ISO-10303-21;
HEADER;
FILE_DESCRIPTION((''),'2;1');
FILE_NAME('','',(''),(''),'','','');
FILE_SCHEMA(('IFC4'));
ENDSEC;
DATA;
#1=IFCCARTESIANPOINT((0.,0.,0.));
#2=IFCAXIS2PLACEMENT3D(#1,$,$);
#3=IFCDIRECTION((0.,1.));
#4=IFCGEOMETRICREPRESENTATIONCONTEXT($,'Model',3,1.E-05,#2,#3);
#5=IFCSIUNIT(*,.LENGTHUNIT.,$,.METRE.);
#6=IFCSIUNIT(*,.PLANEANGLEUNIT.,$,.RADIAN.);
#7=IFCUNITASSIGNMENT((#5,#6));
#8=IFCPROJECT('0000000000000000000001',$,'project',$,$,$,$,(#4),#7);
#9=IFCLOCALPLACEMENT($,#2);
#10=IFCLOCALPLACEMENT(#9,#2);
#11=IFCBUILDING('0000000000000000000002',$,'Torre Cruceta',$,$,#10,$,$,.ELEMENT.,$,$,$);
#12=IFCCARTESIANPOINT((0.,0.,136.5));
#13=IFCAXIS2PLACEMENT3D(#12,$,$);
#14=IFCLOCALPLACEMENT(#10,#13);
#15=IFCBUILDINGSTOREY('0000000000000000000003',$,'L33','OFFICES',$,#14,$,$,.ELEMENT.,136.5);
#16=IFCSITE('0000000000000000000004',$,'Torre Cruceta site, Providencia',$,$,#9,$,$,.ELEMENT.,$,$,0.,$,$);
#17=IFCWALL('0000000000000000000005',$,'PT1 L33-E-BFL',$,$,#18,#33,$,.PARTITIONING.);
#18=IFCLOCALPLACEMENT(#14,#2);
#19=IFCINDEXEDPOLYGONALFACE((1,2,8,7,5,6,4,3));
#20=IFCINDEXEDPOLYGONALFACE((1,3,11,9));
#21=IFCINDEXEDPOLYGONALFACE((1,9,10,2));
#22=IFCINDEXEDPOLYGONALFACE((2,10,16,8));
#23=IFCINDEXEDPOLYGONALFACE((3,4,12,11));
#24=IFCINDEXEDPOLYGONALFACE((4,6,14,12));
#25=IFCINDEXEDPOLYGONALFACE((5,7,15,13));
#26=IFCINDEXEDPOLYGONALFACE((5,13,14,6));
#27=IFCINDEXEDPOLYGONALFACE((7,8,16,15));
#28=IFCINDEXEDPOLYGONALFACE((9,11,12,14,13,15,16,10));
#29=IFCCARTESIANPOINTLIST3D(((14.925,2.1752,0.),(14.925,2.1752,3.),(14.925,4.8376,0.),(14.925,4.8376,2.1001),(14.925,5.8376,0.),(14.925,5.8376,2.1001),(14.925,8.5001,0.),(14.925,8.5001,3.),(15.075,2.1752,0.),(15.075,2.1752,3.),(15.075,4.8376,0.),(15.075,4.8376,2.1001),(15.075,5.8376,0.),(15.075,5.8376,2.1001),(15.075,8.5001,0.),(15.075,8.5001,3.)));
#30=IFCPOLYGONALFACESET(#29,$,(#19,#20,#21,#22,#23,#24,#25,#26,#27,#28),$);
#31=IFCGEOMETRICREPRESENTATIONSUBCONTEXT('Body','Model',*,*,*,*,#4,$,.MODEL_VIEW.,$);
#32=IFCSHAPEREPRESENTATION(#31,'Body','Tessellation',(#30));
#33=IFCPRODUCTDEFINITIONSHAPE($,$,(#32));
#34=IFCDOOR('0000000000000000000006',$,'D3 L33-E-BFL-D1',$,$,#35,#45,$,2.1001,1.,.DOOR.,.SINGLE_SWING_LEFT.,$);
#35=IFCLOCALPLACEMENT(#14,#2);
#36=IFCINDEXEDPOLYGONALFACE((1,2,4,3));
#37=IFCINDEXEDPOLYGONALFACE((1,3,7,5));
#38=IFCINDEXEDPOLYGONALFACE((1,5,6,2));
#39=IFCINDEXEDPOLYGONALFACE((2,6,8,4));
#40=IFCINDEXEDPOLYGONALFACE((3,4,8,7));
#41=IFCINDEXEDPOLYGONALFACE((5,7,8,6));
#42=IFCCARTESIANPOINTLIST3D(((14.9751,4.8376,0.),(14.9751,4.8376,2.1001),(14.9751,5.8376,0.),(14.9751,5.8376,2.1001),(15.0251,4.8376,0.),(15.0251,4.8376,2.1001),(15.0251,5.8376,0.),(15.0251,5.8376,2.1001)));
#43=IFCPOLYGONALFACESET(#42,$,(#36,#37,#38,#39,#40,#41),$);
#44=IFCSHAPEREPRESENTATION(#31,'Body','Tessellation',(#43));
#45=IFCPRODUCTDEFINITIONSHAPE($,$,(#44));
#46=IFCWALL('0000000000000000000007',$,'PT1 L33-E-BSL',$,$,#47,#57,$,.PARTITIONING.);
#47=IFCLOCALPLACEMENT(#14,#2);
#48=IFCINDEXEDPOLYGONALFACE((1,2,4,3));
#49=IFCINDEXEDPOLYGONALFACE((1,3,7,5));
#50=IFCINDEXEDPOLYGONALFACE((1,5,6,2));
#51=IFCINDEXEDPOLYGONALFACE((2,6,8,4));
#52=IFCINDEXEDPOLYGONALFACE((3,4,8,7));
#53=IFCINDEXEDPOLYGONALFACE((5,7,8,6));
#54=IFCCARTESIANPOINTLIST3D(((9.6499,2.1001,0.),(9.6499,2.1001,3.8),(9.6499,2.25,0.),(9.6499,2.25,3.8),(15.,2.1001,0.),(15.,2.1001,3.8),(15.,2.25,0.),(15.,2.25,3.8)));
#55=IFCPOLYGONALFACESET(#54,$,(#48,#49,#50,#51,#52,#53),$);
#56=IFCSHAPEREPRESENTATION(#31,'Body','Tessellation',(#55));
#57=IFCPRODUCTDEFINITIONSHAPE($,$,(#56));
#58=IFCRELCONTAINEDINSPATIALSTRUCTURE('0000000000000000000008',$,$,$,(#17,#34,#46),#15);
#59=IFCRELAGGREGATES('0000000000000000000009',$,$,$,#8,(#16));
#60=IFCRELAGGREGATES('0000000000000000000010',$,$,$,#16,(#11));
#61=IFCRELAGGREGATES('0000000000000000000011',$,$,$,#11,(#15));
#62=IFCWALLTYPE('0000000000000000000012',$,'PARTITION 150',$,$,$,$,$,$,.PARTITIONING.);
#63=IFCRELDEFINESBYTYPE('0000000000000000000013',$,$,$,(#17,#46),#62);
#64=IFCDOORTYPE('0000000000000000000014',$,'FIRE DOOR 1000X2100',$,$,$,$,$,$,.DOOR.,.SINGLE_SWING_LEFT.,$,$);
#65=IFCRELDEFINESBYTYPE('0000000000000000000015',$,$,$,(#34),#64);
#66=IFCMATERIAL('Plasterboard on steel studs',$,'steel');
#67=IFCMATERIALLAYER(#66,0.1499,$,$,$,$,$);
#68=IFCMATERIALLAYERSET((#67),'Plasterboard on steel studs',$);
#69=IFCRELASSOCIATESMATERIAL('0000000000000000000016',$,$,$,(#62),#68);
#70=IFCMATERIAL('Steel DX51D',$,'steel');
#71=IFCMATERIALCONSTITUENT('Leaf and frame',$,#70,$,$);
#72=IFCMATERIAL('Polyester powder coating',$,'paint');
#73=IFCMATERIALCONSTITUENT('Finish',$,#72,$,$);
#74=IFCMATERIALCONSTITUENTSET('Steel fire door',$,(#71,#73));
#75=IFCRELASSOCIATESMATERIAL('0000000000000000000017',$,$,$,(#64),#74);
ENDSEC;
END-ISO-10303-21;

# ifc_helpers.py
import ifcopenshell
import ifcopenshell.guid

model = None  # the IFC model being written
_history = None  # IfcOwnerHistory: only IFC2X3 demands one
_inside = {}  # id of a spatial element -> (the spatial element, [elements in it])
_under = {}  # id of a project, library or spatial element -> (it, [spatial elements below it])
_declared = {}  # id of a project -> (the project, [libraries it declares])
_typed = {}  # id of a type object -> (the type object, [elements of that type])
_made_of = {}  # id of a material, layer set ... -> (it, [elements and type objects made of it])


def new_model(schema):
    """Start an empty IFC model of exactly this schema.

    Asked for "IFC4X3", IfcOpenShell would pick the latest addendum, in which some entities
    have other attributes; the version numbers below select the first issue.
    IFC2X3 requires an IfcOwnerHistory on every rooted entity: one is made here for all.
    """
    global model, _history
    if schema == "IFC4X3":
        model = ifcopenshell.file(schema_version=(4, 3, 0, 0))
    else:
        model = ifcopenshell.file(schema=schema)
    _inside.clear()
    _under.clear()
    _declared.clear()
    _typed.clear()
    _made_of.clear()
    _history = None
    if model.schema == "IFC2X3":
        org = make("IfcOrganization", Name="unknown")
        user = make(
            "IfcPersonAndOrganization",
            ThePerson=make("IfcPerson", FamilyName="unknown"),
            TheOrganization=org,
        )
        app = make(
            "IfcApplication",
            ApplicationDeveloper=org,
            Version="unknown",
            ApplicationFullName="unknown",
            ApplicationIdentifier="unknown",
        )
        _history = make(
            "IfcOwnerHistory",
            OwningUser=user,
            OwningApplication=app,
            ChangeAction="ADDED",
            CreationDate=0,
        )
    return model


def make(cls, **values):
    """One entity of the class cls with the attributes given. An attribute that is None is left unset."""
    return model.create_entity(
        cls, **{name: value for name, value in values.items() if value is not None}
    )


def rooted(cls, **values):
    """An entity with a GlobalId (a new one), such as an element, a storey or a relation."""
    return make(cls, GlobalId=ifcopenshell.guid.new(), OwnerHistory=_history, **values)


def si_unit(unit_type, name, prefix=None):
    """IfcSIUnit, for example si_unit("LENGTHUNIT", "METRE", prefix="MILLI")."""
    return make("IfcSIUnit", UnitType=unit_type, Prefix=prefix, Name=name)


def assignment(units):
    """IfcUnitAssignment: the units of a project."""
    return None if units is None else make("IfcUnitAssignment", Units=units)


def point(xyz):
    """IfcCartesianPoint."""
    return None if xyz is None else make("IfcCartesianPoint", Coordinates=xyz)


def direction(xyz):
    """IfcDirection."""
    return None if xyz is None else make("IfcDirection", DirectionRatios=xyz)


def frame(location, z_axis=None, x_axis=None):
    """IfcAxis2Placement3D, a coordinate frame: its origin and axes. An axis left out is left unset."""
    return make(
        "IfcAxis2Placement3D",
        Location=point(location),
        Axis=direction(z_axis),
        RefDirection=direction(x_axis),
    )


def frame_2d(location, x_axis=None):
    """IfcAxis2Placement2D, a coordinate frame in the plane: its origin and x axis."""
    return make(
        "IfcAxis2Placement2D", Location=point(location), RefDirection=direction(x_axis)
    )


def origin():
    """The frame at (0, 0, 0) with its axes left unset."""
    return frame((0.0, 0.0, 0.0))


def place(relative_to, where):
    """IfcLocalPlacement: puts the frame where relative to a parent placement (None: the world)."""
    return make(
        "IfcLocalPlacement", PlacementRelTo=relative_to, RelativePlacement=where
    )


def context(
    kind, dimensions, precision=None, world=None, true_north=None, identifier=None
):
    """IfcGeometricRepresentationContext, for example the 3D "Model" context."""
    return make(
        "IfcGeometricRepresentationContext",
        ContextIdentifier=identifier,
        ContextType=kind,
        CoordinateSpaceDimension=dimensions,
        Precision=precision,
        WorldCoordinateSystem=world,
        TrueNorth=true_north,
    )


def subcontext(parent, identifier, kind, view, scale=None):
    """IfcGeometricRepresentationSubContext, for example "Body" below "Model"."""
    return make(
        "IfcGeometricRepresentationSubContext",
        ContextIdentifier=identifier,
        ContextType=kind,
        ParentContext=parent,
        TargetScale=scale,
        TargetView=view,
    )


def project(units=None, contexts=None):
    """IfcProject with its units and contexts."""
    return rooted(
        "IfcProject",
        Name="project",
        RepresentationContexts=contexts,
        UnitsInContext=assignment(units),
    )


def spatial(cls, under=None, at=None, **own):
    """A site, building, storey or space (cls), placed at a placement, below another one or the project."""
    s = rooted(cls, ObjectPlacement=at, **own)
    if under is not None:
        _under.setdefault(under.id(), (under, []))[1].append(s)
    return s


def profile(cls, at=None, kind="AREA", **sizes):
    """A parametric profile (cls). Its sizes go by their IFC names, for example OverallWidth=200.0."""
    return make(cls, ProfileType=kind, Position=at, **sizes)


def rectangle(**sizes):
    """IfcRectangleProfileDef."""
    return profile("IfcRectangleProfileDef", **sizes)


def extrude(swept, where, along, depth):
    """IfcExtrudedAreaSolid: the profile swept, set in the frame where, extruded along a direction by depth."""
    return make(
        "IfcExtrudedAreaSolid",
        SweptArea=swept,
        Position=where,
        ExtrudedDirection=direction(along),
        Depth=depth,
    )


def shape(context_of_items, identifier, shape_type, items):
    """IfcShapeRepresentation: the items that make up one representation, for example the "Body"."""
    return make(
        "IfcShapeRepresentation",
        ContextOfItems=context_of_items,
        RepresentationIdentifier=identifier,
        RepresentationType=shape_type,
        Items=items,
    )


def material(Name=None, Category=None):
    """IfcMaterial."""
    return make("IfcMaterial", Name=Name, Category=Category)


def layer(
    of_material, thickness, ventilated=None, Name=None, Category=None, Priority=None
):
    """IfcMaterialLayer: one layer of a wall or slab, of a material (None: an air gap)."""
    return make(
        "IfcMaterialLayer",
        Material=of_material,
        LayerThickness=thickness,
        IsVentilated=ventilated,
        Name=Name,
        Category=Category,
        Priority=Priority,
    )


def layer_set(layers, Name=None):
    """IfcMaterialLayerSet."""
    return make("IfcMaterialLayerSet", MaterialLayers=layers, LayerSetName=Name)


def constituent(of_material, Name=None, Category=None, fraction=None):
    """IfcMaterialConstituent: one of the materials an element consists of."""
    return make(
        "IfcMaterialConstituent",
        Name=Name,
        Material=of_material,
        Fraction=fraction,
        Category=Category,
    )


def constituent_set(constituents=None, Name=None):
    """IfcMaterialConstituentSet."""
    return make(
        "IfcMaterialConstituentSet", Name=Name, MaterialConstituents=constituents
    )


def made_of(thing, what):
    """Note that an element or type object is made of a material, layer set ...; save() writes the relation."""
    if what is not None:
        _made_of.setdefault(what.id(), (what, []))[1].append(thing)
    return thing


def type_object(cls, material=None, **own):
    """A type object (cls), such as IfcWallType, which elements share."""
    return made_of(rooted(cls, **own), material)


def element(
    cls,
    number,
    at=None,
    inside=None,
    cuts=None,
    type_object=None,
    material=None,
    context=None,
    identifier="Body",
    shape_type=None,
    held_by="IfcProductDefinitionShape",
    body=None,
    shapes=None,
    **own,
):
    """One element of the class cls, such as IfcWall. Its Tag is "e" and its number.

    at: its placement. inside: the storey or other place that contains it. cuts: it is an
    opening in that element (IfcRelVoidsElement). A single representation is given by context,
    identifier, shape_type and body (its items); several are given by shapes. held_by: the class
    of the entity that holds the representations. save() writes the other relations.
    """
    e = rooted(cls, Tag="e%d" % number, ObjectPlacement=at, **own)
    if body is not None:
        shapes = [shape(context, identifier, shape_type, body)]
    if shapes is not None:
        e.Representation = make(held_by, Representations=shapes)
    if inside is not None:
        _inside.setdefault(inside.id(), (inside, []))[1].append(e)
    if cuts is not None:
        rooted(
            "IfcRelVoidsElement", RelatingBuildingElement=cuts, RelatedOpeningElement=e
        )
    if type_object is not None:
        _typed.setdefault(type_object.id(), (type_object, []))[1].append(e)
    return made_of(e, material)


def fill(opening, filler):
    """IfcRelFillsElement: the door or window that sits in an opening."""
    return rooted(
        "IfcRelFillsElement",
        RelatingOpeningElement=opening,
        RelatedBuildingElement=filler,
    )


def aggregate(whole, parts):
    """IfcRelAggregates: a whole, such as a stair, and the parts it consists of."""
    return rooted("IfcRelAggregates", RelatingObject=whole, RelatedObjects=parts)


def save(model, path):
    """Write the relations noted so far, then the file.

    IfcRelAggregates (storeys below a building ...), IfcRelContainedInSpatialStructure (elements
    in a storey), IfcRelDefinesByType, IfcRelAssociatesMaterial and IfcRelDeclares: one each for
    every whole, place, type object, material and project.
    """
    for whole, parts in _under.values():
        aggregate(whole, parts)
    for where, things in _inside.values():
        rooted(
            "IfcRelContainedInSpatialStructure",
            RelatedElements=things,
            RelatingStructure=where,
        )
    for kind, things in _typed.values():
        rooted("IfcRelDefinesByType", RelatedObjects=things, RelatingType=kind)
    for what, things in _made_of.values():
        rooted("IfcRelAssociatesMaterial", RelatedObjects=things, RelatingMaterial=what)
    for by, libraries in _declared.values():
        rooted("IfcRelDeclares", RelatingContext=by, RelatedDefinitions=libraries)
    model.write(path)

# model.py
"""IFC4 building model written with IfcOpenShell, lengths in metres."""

from ifc_helpers import new_model, si_unit, direction, frame, frame_2d, origin, place, context, subcontext, project, spatial, rectangle, extrude, material, layer, layer_set, constituent, constituent_set, type_object, element, fill, save


model = new_model("IFC4")

# Units and contexts
model_context = context("Model", 3, precision=1e-05, world=origin(), true_north=direction((0.0, 1.0)))
body_context = subcontext(model_context, "Body", "Model", "MODEL_VIEW")
ifc_project = project(units=[si_unit("LENGTHUNIT", "METRE"), si_unit("PLANEANGLEUNIT", "RADIAN")], contexts=[model_context])

# Site, building, storey
site_placement = place(None, origin())
site = spatial("IfcSite", under=ifc_project, at=site_placement, Name="Torre Cruceta site, Providencia", CompositionType="ELEMENT", RefElevation=0.0)
building_placement = place(site_placement, origin())
building = spatial("IfcBuilding", under=site, at=building_placement, Name="Torre Cruceta", CompositionType="ELEMENT")
storey_placement = place(building_placement, frame((0.0, 0.0, 136.5)))
storey = spatial("IfcBuildingStorey", under=building, at=storey_placement, Name="L33", Description="OFFICES", CompositionType="ELEMENT", Elevation=136.5)

# Wall, opening, door
ifc_material_1 = material(Name="Plasterboard on steel studs", Category="steel")
ifc_layer_1 = layer(ifc_material_1, 0.1499)
ifc_layer_set_1 = layer_set([ifc_layer_1], Name="Plasterboard on steel studs")
wall_type_1 = type_object("IfcWallType", Name="PARTITION 150", PredefinedType="PARTITIONING", material=ifc_layer_set_1)
wall_1_placement = place(storey_placement, frame((15.0, 2.175, 0.0), z_axis=(0.0, 0.0, 1.0), x_axis=(0.0, 1.0, 0.0)))
wall_1 = element("IfcWall", 1, at=wall_1_placement, inside=storey, type_object=wall_type_1, Name="PT1 L33-E-BFL", PredefinedType="PARTITIONING", context=body_context, shape_type="SweptSolid", body=[
    extrude(rectangle(XDim=6.325, YDim=0.1499, at=frame_2d((3.1626, 0.0))), origin(), (0.0, 0.0, 1.0), 3.0),
])
opening_1_placement = place(wall_1_placement, frame((2.6626, 0.0, 0.0)))
opening_1 = element("IfcOpeningElement", 2, at=opening_1_placement, cuts=wall_1, PredefinedType="OPENING", context=body_context, shape_type="SweptSolid", body=[
    extrude(rectangle(XDim=1.0, YDim=2.1001, at=frame_2d((0.5, 1.05))), frame((0.0, 0.085, 0.0), z_axis=(0.0, -1.0, 0.0), x_axis=(1.0, 0.0, 0.0)), (0.0, 0.0, 1.0), 0.1699),
])
ifc_material_2 = material(Name="Steel DX51D", Category="steel")
ifc_constituent_1 = constituent(ifc_material_2, Name="Leaf and frame")
ifc_material_3 = material(Name="Polyester powder coating", Category="paint")
ifc_constituent_2 = constituent(ifc_material_3, Name="Finish")
ifc_constituent_set_1 = constituent_set(constituents=[ifc_constituent_1, ifc_constituent_2], Name="Steel fire door")
door_type = type_object("IfcDoorType", Name="FIRE DOOR 1000X2100", OperationType="SINGLE_SWING_LEFT", PredefinedType="DOOR", material=ifc_constituent_set_1)
door_placement = place(opening_1_placement, origin())
door = element("IfcDoor", 3, at=door_placement, inside=storey, type_object=door_type, Name="D3 L33-E-BFL-D1", OperationType="SINGLE_SWING_LEFT", OverallHeight=2.1001, OverallWidth=1.0, PredefinedType="DOOR", context=body_context, shape_type="SweptSolid", body=[
    extrude(rectangle(XDim=1.0, YDim=2.1001, at=frame_2d((0.5, 1.05))), frame((0.0, 0.0249, 0.0), z_axis=(0.0, -1.0, 0.0), x_axis=(1.0, 0.0, 0.0)), (0.0, 0.0, 1.0), 0.05),
])
fill(opening_1, door)

# Wall
wall_2_placement = place(storey_placement, frame((9.6499, 2.175, 0.0), z_axis=(0.0, 0.0, 1.0), x_axis=(1.0, 0.0, 0.0)))
element("IfcWall", 4, at=wall_2_placement, inside=storey, type_object=wall_type_1, Name="PT1 L33-E-BSL", PredefinedType="PARTITIONING", context=body_context, shape_type="SweptSolid", body=[
    extrude(rectangle(XDim=5.3501, YDim=0.1499, at=frame_2d((2.675, 0.0))), origin(), (0.0, 0.0, 1.0), 3.8),
])

save(model, "model.ifc")
